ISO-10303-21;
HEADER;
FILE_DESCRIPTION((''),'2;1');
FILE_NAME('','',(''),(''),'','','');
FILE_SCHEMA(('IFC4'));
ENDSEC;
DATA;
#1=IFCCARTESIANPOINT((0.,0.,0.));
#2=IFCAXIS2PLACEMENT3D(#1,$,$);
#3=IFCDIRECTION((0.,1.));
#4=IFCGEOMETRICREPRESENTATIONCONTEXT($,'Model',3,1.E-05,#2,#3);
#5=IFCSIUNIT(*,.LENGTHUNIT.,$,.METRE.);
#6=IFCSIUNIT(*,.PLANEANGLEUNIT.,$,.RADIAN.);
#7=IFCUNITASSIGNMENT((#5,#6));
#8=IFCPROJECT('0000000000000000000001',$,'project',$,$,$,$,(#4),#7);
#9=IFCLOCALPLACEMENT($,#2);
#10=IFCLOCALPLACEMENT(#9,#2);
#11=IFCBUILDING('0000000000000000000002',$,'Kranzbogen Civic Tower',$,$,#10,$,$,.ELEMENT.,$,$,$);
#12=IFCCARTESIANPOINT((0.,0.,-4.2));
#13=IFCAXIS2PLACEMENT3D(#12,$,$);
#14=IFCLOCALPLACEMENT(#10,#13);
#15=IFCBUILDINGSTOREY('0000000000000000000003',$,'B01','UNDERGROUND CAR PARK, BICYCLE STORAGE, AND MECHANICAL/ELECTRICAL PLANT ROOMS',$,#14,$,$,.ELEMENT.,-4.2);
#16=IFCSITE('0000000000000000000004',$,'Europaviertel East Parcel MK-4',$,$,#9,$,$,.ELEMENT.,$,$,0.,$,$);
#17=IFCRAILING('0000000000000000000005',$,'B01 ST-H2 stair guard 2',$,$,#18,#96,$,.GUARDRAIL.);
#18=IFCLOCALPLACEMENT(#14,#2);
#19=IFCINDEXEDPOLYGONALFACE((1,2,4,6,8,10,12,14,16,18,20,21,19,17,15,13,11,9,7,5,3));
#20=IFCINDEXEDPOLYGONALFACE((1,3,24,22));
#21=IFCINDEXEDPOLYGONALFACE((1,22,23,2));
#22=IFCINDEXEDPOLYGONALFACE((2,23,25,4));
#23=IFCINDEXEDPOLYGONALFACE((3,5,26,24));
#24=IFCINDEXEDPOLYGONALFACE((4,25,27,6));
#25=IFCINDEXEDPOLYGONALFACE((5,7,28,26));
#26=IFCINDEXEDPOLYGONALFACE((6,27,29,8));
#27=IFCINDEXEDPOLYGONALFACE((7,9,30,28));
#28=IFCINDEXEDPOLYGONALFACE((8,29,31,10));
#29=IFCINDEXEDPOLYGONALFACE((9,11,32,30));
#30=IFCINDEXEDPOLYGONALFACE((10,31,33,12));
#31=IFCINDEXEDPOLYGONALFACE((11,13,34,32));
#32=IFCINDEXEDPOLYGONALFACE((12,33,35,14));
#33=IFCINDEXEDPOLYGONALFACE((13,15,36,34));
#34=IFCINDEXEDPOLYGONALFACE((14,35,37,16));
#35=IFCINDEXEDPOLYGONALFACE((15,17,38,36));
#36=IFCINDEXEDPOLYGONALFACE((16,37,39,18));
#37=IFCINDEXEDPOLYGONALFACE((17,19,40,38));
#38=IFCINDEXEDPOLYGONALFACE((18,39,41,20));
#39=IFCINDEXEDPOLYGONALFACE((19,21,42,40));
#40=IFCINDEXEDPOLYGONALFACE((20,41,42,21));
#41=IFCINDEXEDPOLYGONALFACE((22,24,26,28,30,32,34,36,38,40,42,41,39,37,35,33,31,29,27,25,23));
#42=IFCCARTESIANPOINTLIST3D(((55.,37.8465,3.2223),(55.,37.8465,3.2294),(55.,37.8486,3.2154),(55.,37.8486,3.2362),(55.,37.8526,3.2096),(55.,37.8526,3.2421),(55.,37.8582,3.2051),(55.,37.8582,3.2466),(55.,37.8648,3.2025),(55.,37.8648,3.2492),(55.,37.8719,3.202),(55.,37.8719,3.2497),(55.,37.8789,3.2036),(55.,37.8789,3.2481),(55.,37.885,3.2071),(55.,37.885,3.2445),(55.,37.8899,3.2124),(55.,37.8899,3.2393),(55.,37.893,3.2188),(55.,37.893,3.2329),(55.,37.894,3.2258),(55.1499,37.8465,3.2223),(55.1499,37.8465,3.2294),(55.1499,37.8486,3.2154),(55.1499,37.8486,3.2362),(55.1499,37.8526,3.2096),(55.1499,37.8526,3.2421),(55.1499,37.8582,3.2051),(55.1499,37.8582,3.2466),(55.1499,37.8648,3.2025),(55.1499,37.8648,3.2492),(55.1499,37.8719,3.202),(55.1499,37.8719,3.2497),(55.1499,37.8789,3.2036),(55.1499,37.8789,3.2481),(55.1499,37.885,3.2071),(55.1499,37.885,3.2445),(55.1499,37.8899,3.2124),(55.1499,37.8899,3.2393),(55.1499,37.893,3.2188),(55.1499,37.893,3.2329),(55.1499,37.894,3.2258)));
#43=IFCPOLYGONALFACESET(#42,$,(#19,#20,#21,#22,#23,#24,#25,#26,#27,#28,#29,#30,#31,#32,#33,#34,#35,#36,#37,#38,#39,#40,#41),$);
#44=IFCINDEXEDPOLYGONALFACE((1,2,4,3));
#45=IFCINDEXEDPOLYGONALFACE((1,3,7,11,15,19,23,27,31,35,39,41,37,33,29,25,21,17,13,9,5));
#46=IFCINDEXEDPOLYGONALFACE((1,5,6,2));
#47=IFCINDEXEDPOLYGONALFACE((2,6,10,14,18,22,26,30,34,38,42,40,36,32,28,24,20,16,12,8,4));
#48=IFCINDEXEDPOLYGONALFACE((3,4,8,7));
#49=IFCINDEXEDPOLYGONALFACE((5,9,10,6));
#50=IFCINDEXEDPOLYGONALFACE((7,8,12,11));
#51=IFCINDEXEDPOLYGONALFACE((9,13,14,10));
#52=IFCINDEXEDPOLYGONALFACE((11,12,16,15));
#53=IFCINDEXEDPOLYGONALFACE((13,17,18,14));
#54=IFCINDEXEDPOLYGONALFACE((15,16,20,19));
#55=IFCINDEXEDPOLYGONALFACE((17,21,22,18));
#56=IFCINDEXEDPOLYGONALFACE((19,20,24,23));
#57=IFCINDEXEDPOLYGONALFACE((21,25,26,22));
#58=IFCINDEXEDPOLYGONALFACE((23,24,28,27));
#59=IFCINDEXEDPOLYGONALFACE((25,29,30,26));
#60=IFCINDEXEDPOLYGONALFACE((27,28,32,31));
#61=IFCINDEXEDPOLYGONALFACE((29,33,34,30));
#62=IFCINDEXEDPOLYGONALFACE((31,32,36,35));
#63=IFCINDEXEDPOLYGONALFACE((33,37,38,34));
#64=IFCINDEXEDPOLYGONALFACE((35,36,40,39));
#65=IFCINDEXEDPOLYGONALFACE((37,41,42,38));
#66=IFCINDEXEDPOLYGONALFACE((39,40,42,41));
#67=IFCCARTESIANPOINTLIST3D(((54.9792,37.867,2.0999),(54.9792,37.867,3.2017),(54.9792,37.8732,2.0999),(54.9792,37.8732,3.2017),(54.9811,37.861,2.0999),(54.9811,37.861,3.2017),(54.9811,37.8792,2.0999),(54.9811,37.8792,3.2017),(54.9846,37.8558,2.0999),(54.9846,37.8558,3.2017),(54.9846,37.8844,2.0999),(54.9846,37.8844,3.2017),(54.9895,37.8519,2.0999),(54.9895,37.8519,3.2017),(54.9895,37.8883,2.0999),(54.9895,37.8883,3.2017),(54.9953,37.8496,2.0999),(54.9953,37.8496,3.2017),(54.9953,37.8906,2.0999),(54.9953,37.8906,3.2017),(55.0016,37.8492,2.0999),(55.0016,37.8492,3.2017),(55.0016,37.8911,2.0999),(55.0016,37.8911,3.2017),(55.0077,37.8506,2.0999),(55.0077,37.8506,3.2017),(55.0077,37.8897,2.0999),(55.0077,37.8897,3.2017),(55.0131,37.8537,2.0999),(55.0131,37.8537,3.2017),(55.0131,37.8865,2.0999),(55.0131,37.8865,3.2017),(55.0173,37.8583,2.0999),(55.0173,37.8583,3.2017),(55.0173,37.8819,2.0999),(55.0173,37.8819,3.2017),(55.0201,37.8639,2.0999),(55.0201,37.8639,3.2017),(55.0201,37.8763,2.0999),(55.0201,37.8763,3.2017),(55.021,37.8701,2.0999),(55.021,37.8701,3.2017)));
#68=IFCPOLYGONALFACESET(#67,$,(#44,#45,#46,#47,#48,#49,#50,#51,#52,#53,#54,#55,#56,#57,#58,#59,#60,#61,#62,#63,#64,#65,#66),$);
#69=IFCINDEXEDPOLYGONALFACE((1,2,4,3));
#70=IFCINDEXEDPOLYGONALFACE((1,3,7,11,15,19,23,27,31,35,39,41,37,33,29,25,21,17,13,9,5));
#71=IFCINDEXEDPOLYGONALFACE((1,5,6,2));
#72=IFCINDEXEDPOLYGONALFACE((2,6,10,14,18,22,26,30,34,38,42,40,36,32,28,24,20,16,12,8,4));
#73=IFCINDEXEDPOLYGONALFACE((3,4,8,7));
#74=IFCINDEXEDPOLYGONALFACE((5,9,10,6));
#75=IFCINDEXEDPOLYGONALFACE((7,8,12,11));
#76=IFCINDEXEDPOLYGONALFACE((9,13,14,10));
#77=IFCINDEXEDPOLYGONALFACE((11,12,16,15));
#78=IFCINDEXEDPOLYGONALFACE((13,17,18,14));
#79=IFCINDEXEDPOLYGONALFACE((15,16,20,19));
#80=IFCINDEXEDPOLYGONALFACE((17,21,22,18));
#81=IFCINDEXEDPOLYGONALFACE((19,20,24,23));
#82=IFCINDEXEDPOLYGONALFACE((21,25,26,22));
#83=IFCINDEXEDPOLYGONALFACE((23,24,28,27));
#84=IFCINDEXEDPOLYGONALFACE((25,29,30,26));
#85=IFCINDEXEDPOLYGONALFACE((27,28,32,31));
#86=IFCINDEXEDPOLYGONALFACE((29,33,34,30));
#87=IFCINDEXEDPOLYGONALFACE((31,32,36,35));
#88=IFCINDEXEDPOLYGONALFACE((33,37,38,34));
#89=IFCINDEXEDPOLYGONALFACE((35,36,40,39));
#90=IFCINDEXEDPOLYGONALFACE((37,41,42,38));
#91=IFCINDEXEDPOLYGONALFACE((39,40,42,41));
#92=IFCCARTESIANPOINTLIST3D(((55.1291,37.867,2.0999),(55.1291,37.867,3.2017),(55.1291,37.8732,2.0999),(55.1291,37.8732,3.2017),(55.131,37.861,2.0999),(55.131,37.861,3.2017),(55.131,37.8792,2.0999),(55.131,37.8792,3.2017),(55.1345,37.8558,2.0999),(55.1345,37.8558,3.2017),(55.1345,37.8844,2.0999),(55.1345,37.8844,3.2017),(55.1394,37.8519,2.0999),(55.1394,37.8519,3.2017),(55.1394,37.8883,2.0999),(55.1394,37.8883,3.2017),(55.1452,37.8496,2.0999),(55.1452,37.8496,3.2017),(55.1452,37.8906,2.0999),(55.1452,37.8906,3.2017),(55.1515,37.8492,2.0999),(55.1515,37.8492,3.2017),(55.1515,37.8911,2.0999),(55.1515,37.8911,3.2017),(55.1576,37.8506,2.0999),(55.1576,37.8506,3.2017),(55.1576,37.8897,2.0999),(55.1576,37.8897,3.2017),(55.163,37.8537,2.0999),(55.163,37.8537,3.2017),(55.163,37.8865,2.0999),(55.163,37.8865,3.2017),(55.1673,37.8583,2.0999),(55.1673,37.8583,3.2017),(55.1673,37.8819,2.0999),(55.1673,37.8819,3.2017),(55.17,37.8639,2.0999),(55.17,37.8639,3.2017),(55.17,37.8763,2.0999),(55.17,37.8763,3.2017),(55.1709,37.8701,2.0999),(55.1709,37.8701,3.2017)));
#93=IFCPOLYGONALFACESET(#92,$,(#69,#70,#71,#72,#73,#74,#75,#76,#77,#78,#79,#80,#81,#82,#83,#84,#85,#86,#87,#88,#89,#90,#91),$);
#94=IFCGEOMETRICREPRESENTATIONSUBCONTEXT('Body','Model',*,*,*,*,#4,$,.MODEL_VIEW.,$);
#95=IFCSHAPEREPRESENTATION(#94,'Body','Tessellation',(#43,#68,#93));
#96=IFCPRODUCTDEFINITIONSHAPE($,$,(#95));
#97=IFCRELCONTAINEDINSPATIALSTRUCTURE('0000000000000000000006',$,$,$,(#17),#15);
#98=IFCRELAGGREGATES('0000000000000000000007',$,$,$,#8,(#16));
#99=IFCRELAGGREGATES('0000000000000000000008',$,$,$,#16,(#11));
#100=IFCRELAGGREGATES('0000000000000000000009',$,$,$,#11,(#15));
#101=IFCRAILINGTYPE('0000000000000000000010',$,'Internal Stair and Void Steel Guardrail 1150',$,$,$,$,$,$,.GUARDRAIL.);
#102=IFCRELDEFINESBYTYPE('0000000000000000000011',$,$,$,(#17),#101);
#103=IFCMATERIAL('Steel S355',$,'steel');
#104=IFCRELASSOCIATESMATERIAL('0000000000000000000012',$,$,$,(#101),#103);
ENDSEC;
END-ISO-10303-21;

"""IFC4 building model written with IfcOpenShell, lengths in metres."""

from ifc_helpers import new_model, si_unit, direction, frame, origin, origin_2d, place, context, subcontext, project, spatial, circle, extrude, material, type_object, element, save


model = new_model("IFC4")

# Units and contexts
model_context = context("Model", 3, precision=1e-05, world=origin(), true_north=direction((0.0, 1.0)))
body_context = subcontext(model_context, "Body", "Model", "MODEL_VIEW")
ifc_project = project(units=[si_unit("LENGTHUNIT", "METRE"), si_unit("PLANEANGLEUNIT", "RADIAN")], contexts=[model_context])

# Site, building, storey
site_placement = place(None, origin())
site = spatial("IfcSite", under=ifc_project, at=site_placement, Name="Europaviertel East Parcel MK-4", CompositionType="ELEMENT", RefElevation=0.0)
building_placement = place(site_placement, origin())
building = spatial("IfcBuilding", under=site, at=building_placement, Name="Kranzbogen Civic Tower", CompositionType="ELEMENT")
storey_placement = place(building_placement, frame((0.0, 0.0, -4.2)))
storey = spatial("IfcBuildingStorey", under=building, at=storey_placement, Name="B01", Description="UNDERGROUND CAR PARK, BICYCLE STORAGE, AND MECHANICAL/ELECTRICAL PLANT ROOMS", CompositionType="ELEMENT", Elevation=-4.2)

# Shared definitions
ifc_material_1 = material(Name="Steel S355", Category="steel")

# Railing
railing_type_1 = type_object("IfcRailingType", Name="Internal Stair and Void Steel Guardrail 1150", PredefinedType="GUARDRAIL", material=ifc_material_1)
railing_1_placement = place(storey_placement, frame((55.0, 37.8701, 2.0999)))
element("IfcRailing", 1, at=railing_1_placement, inside=storey, type_object=railing_type_1, Name="B01 ST-H2 stair guard 2", PredefinedType="GUARDRAIL", context=body_context, shape_type="SweptSolid", body=[
    extrude(circle(Radius=0.0239, at=origin_2d()), frame((0.0, 0.0, 1.126), z_axis=(1.0, 0.0, 0.0), x_axis=(0.0, 1.0, 0.0)), (0.0, 0.0, 1.0), 0.1499),
    extrude(circle(Radius=0.021, at=origin_2d()), origin(), (0.0, 0.0, 1.0), 1.1018),
    extrude(circle(Radius=0.021, at=origin_2d()), frame((0.1499, 0.0, 0.0)), (0.0, 0.0, 1.0), 1.1018),
])

save(model, "model.ifc")
